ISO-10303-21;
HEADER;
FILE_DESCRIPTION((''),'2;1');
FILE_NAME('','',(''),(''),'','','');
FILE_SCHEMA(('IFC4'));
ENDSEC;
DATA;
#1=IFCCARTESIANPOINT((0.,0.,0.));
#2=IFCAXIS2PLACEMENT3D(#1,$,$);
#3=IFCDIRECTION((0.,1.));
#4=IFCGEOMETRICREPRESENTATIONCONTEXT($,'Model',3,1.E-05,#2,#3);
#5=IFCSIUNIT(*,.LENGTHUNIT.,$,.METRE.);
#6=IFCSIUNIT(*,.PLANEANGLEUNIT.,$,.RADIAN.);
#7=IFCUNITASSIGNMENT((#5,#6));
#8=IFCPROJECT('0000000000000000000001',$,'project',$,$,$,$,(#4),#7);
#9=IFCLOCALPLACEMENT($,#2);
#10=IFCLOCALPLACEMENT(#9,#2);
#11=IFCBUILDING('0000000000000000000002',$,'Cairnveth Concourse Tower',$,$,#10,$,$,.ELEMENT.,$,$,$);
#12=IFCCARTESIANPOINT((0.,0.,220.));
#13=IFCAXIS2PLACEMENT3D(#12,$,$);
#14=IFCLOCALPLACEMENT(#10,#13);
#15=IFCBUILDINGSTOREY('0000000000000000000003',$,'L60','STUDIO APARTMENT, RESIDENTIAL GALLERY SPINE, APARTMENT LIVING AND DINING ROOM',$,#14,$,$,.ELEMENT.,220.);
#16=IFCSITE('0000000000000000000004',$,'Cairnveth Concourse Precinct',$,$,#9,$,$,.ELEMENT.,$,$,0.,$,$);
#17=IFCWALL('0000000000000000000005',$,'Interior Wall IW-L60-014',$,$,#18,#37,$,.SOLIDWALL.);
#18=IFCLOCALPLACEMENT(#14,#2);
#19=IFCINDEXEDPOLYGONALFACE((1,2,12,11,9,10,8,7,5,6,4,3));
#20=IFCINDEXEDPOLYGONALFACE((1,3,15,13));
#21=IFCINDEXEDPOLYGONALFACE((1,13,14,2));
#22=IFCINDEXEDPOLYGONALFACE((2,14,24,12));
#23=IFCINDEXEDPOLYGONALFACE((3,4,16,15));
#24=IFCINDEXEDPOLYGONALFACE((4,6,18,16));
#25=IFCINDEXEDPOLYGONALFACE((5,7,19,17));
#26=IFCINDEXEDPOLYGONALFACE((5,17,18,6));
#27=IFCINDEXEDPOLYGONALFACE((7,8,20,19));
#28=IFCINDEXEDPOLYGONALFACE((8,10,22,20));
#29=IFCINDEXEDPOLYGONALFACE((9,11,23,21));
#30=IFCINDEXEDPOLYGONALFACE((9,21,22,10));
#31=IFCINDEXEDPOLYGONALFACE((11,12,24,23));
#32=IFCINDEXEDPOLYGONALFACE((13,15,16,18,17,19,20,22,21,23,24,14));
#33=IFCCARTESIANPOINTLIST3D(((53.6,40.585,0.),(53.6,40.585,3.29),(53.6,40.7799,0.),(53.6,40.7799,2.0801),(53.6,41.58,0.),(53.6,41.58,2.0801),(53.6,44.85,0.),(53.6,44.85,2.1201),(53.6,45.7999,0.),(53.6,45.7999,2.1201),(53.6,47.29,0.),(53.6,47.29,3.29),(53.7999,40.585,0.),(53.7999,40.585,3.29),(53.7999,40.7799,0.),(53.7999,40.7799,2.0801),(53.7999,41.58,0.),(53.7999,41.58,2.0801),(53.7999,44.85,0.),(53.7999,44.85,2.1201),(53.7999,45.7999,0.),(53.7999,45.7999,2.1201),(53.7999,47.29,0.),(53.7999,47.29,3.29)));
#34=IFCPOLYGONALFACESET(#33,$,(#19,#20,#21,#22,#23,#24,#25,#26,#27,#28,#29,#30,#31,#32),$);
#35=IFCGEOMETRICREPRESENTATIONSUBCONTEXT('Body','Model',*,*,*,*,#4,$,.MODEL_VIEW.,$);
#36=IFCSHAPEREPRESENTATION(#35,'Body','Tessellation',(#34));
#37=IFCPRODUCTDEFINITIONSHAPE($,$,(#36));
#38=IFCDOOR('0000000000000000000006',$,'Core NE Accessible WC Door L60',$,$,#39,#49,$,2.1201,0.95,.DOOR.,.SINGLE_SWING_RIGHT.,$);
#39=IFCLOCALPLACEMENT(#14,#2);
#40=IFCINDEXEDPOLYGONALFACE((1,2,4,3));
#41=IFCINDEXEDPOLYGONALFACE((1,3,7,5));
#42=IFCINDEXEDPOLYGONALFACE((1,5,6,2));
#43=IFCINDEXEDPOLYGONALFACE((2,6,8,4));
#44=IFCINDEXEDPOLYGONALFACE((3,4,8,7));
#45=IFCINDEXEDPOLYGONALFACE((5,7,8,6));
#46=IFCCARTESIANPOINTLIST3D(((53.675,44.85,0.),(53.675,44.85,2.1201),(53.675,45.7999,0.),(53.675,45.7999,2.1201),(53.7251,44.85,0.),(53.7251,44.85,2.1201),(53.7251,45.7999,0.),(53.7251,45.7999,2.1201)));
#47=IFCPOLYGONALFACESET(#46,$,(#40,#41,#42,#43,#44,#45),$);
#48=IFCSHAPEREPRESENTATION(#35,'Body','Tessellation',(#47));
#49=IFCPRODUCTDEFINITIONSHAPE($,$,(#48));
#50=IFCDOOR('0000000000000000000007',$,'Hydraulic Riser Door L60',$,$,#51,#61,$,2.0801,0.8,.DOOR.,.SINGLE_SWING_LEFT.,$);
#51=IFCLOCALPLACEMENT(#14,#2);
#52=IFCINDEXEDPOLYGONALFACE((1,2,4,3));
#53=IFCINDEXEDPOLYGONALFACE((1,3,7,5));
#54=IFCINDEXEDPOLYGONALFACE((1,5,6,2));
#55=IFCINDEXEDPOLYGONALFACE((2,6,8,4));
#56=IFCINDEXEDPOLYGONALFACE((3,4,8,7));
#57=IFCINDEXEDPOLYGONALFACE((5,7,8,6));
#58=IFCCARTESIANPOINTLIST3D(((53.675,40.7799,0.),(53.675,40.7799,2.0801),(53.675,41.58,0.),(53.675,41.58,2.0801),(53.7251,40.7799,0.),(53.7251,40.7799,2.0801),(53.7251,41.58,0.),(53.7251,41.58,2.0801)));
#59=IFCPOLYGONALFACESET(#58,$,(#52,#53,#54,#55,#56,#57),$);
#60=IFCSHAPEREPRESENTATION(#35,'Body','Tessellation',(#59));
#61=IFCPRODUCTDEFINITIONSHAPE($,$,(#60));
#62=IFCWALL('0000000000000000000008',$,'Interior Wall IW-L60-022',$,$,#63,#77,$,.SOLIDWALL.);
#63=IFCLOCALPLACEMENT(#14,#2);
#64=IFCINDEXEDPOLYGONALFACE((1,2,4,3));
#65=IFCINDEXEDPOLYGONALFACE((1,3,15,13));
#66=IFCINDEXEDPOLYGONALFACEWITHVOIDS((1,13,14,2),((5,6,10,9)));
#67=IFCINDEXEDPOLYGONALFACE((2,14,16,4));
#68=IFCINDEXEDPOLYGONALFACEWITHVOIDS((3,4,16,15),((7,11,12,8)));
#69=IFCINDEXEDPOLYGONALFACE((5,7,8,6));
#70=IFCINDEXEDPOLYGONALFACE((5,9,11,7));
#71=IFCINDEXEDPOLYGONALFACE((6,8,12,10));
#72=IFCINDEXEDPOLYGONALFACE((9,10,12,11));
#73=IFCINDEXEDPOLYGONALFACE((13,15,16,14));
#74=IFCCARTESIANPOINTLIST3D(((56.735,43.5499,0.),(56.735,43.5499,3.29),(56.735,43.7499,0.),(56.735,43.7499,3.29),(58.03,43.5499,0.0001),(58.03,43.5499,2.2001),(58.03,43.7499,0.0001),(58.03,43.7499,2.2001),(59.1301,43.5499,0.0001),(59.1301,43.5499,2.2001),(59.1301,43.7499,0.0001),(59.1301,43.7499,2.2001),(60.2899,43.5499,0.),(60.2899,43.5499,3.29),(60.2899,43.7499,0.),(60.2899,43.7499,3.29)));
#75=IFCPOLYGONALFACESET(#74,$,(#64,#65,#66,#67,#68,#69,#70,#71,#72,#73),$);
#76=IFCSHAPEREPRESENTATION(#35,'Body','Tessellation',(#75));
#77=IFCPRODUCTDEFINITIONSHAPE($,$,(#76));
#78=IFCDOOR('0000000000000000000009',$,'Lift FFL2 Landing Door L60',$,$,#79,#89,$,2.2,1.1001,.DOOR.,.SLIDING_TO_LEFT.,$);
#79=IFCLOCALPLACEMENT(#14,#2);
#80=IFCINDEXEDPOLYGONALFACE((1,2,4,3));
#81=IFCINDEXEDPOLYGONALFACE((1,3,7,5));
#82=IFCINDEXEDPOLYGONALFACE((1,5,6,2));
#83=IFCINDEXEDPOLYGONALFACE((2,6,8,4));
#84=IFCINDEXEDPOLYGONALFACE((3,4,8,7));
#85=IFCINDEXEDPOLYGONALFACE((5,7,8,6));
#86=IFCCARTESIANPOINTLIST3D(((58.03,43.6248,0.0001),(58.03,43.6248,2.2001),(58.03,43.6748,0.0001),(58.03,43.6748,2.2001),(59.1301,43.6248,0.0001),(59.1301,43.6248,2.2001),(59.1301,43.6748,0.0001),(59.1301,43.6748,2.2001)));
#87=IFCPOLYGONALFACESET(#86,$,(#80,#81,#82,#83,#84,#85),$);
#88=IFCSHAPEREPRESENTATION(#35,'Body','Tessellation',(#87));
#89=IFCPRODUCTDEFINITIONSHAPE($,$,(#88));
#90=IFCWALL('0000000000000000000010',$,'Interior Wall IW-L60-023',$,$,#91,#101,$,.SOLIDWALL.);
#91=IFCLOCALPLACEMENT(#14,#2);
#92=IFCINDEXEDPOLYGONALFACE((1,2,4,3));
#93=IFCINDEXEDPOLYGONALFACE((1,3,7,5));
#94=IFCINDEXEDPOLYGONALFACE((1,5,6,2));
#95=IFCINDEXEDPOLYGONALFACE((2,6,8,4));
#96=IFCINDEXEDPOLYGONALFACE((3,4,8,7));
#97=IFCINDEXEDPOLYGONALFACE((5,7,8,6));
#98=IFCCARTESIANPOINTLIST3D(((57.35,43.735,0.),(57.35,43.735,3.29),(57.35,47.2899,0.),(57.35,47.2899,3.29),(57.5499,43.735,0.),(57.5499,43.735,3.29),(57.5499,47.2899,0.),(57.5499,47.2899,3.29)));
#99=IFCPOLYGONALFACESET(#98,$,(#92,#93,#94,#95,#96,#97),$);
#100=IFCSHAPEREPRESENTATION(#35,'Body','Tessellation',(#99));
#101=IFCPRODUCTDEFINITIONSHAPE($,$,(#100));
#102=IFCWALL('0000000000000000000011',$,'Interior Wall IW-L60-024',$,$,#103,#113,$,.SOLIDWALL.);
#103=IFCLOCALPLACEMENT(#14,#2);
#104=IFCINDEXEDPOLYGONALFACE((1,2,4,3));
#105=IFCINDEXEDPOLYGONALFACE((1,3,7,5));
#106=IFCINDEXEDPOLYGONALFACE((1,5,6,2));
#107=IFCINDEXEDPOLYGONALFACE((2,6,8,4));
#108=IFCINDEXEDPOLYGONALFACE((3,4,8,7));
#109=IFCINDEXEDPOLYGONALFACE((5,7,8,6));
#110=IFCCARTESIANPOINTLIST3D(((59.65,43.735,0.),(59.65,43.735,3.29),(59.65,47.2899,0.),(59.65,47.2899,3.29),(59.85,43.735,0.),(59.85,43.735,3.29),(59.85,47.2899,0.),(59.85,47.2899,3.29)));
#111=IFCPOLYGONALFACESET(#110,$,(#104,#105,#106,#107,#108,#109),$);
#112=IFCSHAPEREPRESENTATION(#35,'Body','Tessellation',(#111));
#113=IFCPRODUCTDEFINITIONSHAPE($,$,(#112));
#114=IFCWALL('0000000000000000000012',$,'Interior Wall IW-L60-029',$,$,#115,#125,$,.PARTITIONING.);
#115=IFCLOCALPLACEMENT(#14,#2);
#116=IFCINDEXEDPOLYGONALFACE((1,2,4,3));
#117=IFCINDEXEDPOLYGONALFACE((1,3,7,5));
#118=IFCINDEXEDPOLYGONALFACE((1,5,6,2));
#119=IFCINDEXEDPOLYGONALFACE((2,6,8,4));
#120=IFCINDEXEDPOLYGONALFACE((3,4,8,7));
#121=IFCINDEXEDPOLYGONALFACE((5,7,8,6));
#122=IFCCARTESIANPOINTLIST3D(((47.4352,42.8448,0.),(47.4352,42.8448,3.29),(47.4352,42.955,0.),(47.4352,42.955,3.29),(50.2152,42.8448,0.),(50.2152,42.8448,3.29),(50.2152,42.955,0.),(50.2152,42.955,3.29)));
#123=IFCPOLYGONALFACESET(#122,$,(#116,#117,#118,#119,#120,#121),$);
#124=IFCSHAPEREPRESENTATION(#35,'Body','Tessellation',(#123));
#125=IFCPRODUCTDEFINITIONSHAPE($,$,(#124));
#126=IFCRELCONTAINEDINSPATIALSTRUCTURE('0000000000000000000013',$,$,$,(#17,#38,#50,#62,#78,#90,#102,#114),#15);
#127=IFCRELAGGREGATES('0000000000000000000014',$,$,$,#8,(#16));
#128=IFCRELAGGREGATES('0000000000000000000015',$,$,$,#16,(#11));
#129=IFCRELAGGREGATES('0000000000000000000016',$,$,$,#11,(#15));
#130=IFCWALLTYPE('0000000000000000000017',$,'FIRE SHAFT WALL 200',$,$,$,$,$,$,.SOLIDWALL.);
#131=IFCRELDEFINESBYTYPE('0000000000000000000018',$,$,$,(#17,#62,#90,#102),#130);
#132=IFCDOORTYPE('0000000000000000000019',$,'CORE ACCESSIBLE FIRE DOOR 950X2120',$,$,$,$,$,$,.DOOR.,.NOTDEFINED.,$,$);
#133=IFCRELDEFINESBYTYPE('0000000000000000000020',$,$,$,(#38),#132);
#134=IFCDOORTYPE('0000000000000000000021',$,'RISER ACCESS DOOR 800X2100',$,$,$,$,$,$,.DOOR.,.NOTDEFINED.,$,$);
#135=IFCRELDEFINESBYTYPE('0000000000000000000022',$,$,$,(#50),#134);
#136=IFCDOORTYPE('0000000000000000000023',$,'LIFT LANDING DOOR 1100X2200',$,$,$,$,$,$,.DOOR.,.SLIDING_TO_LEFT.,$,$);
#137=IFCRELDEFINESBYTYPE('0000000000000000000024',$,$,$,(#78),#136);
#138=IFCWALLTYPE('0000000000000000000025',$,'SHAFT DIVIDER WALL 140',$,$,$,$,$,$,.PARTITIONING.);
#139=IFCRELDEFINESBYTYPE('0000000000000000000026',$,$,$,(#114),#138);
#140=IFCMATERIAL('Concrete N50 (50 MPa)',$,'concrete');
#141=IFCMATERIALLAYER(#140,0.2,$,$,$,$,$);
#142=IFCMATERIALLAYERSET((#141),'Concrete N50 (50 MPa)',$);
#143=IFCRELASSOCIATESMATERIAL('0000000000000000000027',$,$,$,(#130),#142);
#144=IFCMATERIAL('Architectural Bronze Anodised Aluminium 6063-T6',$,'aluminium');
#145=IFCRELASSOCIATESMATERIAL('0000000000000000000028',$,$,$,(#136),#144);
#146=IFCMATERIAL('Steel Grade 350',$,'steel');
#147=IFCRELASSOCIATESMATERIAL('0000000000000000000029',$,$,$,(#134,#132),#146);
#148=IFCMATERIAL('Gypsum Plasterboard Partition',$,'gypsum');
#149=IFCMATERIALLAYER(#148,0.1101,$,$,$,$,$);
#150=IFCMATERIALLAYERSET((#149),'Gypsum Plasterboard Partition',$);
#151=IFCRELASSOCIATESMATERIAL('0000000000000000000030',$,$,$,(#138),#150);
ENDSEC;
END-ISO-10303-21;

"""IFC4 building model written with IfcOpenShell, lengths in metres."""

from ifc_helpers import new_model, si_unit, direction, frame, frame_2d, origin, place, context, subcontext, project, spatial, rectangle, extrude, material, layer, layer_set, type_object, element, fill, save


model = new_model("IFC4")

# Units and contexts
model_context = context("Model", 3, precision=1e-05, world=origin(), true_north=direction((0.0, 1.0)))
body_context = subcontext(model_context, "Body", "Model", "MODEL_VIEW")
ifc_project = project(units=[si_unit("LENGTHUNIT", "METRE"), si_unit("PLANEANGLEUNIT", "RADIAN")], contexts=[model_context])

# Site, building, storey
site_placement = place(None, origin())
site = spatial("IfcSite", under=ifc_project, at=site_placement, Name="Cairnveth Concourse Precinct", CompositionType="ELEMENT", RefElevation=0.0)
building_placement = place(site_placement, origin())
building = spatial("IfcBuilding", under=site, at=building_placement, Name="Cairnveth Concourse Tower", CompositionType="ELEMENT")
storey_placement = place(building_placement, frame((0.0, 0.0, 220.0)))
storey = spatial("IfcBuildingStorey", under=building, at=storey_placement, Name="L60", Description="STUDIO APARTMENT, RESIDENTIAL GALLERY SPINE, APARTMENT LIVING AND DINING ROOM", CompositionType="ELEMENT", Elevation=220.0)

# Shared definitions
ifc_material_1 = material(Name="Concrete N50 (50 MPa)", Category="concrete")
ifc_layer_1 = layer(ifc_material_1, 0.2)
ifc_layer_set_1 = layer_set([ifc_layer_1], Name="Concrete N50 (50 MPa)")
wall_type_1 = type_object("IfcWallType", Name="FIRE SHAFT WALL 200", PredefinedType="SOLIDWALL", material=ifc_layer_set_1)

# Wall, openings, doors
ifc_material_2 = material(Name="Architectural Bronze Anodised Aluminium 6063-T6", Category="aluminium")
door_type_1 = type_object("IfcDoorType", Name="LIFT LANDING DOOR 1100X2200", OperationType="SLIDING_TO_LEFT", PredefinedType="DOOR", material=ifc_material_2)
ifc_material_3 = material(Name="Steel Grade 350", Category="steel")
door_type_2 = type_object("IfcDoorType", Name="RISER ACCESS DOOR 800X2100", OperationType="NOTDEFINED", PredefinedType="DOOR", material=ifc_material_3)
wall_1_placement = place(storey_placement, frame((53.7, 40.585, 0.0), z_axis=(0.0, 0.0, 1.0), x_axis=(0.0, 1.0, 0.0)))
wall_1 = element("IfcWall", 1, at=wall_1_placement, inside=storey, type_object=wall_type_1, Name="Interior Wall IW-L60-014", PredefinedType="SOLIDWALL", context=body_context, shape_type="SweptSolid", body=[
    extrude(rectangle(XDim=6.7051, YDim=0.2, at=frame_2d((3.3525, 0.0))), origin(), (0.0, 0.0, 1.0), 3.29),
])
opening_1_placement = place(wall_1_placement, frame((0.1951, 0.0, 0.0)))
opening_1 = element("IfcOpeningElement", 2, at=opening_1_placement, cuts=wall_1, PredefinedType="OPENING", context=body_context, shape_type="SweptSolid", body=[
    extrude(rectangle(XDim=0.8, YDim=2.0801, at=frame_2d((0.3999, 1.04))), frame((0.0, 0.1099, 0.0), z_axis=(0.0, -1.0, 0.0), x_axis=(1.0, 0.0, 0.0)), (0.0, 0.0, 1.0), 0.22),
])
opening_2_placement = place(wall_1_placement, frame((4.2649, 0.0, 0.0)))
opening_2 = element("IfcOpeningElement", 3, at=opening_2_placement, cuts=wall_1, PredefinedType="OPENING", context=body_context, shape_type="SweptSolid", body=[
    extrude(rectangle(XDim=0.95, YDim=2.1201, at=frame_2d((0.4751, 1.0601))), frame((0.0, 0.1099, 0.0), z_axis=(0.0, -1.0, 0.0), x_axis=(1.0, 0.0, 0.0)), (0.0, 0.0, 1.0), 0.22),
])
door_type_3 = type_object("IfcDoorType", Name="CORE ACCESSIBLE FIRE DOOR 950X2120", OperationType="NOTDEFINED", PredefinedType="DOOR", material=ifc_material_3)
door_1_placement = place(opening_2_placement, origin())
door_1 = element("IfcDoor", 4, at=door_1_placement, inside=storey, type_object=door_type_3, Name="Core NE Accessible WC Door L60", OperationType="SINGLE_SWING_RIGHT", OverallHeight=2.1201, OverallWidth=0.95, PredefinedType="DOOR", context=body_context, shape_type="SweptSolid", body=[
    extrude(rectangle(XDim=0.95, YDim=2.1201, at=frame_2d((0.4751, 1.0601))), frame((0.0, 0.0249, 0.0), z_axis=(0.0, -1.0, 0.0), x_axis=(1.0, 0.0, 0.0)), (0.0, 0.0, 1.0), 0.05),
])
fill(opening_2, door_1)
door_2_placement = place(opening_1_placement, origin())
door_2 = element("IfcDoor", 5, at=door_2_placement, inside=storey, type_object=door_type_2, Name="Hydraulic Riser Door L60", OperationType="SINGLE_SWING_LEFT", OverallHeight=2.0801, OverallWidth=0.8, PredefinedType="DOOR", context=body_context, shape_type="SweptSolid", body=[
    extrude(rectangle(XDim=0.8, YDim=2.0801, at=frame_2d((0.3999, 1.04))), frame((0.0, 0.0249, 0.0), z_axis=(0.0, -1.0, 0.0), x_axis=(1.0, 0.0, 0.0)), (0.0, 0.0, 1.0), 0.05),
])
fill(opening_1, door_2)

# Wall, opening, door
wall_2_placement = place(storey_placement, frame((56.7351, 43.6499, 0.0), z_axis=(0.0, 0.0, 1.0), x_axis=(1.0, 0.0, 0.0)))
wall_2 = element("IfcWall", 6, at=wall_2_placement, inside=storey, type_object=wall_type_1, Name="Interior Wall IW-L60-022", PredefinedType="SOLIDWALL", context=body_context, shape_type="SweptSolid", body=[
    extrude(rectangle(XDim=3.5549, YDim=0.2, at=frame_2d((1.7773, 0.0))), origin(), (0.0, 0.0, 1.0), 3.29),
])
opening_3_placement = place(wall_2_placement, frame((1.2949, 0.0, 0.0)))
opening_3 = element("IfcOpeningElement", 7, at=opening_3_placement, cuts=wall_2, PredefinedType="OPENING", context=body_context, shape_type="SweptSolid", body=[
    extrude(rectangle(XDim=1.1001, YDim=2.2, at=frame_2d((0.55, 1.1001))), frame((0.0, 0.1099, 0.0), z_axis=(0.0, -1.0, 0.0), x_axis=(1.0, 0.0, 0.0)), (0.0, 0.0, 1.0), 0.22),
])
door_3_placement = place(opening_3_placement, origin())
door_3 = element("IfcDoor", 8, at=door_3_placement, inside=storey, type_object=door_type_1, Name="Lift FFL2 Landing Door L60", OperationType="SLIDING_TO_LEFT", OverallHeight=2.2, OverallWidth=1.1001, PredefinedType="DOOR", context=body_context, shape_type="SweptSolid", body=[
    extrude(rectangle(XDim=1.1001, YDim=2.2, at=frame_2d((0.55, 1.1001))), frame((0.0, 0.0249, 0.0), z_axis=(0.0, -1.0, 0.0), x_axis=(1.0, 0.0, 0.0)), (0.0, 0.0, 1.0), 0.05),
])
fill(opening_3, door_3)

# Walls
for number, where, z_axis, x_axis, name in (
    (9, (57.45, 43.7351, 0.0), (0.0, 0.0, 1.0), (0.0, 1.0, 0.0), "Interior Wall IW-L60-023"),
    (10, (59.75, 43.7351, 0.0), (0.0, 0.0, 1.0), (0.0, 1.0, 0.0), "Interior Wall IW-L60-024"),
):
    element("IfcWall", number, at=place(storey_placement, frame(where, z_axis=z_axis, x_axis=x_axis)), inside=storey, type_object=wall_type_1, Name=name, PredefinedType="SOLIDWALL", context=body_context, shape_type="SweptSolid", body=[
        extrude(rectangle(XDim=3.5549, YDim=0.2, at=frame_2d((1.7773, 0.0))), origin(), (0.0, 0.0, 1.0), 3.29),
    ])
ifc_material_4 = material(Name="Gypsum Plasterboard Partition", Category="gypsum")
ifc_layer_2 = layer(ifc_material_4, 0.1101)
ifc_layer_set_2 = layer_set([ifc_layer_2], Name="Gypsum Plasterboard Partition")
wall_type_2 = type_object("IfcWallType", Name="SHAFT DIVIDER WALL 140", PredefinedType="PARTITIONING", material=ifc_layer_set_2)
wall_3_placement = place(storey_placement, frame((47.4351, 42.8999, 0.0), z_axis=(0.0, 0.0, 1.0), x_axis=(1.0, 0.0, 0.0)))
element("IfcWall", 11, at=wall_3_placement, inside=storey, type_object=wall_type_2, Name="Interior Wall IW-L60-029", PredefinedType="PARTITIONING", context=body_context, shape_type="SweptSolid", body=[
    extrude(rectangle(XDim=2.78, YDim=0.1101, at=frame_2d((1.3901, 0.0))), origin(), (0.0, 0.0, 1.0), 3.29),
])

save(model, "model.ifc")
